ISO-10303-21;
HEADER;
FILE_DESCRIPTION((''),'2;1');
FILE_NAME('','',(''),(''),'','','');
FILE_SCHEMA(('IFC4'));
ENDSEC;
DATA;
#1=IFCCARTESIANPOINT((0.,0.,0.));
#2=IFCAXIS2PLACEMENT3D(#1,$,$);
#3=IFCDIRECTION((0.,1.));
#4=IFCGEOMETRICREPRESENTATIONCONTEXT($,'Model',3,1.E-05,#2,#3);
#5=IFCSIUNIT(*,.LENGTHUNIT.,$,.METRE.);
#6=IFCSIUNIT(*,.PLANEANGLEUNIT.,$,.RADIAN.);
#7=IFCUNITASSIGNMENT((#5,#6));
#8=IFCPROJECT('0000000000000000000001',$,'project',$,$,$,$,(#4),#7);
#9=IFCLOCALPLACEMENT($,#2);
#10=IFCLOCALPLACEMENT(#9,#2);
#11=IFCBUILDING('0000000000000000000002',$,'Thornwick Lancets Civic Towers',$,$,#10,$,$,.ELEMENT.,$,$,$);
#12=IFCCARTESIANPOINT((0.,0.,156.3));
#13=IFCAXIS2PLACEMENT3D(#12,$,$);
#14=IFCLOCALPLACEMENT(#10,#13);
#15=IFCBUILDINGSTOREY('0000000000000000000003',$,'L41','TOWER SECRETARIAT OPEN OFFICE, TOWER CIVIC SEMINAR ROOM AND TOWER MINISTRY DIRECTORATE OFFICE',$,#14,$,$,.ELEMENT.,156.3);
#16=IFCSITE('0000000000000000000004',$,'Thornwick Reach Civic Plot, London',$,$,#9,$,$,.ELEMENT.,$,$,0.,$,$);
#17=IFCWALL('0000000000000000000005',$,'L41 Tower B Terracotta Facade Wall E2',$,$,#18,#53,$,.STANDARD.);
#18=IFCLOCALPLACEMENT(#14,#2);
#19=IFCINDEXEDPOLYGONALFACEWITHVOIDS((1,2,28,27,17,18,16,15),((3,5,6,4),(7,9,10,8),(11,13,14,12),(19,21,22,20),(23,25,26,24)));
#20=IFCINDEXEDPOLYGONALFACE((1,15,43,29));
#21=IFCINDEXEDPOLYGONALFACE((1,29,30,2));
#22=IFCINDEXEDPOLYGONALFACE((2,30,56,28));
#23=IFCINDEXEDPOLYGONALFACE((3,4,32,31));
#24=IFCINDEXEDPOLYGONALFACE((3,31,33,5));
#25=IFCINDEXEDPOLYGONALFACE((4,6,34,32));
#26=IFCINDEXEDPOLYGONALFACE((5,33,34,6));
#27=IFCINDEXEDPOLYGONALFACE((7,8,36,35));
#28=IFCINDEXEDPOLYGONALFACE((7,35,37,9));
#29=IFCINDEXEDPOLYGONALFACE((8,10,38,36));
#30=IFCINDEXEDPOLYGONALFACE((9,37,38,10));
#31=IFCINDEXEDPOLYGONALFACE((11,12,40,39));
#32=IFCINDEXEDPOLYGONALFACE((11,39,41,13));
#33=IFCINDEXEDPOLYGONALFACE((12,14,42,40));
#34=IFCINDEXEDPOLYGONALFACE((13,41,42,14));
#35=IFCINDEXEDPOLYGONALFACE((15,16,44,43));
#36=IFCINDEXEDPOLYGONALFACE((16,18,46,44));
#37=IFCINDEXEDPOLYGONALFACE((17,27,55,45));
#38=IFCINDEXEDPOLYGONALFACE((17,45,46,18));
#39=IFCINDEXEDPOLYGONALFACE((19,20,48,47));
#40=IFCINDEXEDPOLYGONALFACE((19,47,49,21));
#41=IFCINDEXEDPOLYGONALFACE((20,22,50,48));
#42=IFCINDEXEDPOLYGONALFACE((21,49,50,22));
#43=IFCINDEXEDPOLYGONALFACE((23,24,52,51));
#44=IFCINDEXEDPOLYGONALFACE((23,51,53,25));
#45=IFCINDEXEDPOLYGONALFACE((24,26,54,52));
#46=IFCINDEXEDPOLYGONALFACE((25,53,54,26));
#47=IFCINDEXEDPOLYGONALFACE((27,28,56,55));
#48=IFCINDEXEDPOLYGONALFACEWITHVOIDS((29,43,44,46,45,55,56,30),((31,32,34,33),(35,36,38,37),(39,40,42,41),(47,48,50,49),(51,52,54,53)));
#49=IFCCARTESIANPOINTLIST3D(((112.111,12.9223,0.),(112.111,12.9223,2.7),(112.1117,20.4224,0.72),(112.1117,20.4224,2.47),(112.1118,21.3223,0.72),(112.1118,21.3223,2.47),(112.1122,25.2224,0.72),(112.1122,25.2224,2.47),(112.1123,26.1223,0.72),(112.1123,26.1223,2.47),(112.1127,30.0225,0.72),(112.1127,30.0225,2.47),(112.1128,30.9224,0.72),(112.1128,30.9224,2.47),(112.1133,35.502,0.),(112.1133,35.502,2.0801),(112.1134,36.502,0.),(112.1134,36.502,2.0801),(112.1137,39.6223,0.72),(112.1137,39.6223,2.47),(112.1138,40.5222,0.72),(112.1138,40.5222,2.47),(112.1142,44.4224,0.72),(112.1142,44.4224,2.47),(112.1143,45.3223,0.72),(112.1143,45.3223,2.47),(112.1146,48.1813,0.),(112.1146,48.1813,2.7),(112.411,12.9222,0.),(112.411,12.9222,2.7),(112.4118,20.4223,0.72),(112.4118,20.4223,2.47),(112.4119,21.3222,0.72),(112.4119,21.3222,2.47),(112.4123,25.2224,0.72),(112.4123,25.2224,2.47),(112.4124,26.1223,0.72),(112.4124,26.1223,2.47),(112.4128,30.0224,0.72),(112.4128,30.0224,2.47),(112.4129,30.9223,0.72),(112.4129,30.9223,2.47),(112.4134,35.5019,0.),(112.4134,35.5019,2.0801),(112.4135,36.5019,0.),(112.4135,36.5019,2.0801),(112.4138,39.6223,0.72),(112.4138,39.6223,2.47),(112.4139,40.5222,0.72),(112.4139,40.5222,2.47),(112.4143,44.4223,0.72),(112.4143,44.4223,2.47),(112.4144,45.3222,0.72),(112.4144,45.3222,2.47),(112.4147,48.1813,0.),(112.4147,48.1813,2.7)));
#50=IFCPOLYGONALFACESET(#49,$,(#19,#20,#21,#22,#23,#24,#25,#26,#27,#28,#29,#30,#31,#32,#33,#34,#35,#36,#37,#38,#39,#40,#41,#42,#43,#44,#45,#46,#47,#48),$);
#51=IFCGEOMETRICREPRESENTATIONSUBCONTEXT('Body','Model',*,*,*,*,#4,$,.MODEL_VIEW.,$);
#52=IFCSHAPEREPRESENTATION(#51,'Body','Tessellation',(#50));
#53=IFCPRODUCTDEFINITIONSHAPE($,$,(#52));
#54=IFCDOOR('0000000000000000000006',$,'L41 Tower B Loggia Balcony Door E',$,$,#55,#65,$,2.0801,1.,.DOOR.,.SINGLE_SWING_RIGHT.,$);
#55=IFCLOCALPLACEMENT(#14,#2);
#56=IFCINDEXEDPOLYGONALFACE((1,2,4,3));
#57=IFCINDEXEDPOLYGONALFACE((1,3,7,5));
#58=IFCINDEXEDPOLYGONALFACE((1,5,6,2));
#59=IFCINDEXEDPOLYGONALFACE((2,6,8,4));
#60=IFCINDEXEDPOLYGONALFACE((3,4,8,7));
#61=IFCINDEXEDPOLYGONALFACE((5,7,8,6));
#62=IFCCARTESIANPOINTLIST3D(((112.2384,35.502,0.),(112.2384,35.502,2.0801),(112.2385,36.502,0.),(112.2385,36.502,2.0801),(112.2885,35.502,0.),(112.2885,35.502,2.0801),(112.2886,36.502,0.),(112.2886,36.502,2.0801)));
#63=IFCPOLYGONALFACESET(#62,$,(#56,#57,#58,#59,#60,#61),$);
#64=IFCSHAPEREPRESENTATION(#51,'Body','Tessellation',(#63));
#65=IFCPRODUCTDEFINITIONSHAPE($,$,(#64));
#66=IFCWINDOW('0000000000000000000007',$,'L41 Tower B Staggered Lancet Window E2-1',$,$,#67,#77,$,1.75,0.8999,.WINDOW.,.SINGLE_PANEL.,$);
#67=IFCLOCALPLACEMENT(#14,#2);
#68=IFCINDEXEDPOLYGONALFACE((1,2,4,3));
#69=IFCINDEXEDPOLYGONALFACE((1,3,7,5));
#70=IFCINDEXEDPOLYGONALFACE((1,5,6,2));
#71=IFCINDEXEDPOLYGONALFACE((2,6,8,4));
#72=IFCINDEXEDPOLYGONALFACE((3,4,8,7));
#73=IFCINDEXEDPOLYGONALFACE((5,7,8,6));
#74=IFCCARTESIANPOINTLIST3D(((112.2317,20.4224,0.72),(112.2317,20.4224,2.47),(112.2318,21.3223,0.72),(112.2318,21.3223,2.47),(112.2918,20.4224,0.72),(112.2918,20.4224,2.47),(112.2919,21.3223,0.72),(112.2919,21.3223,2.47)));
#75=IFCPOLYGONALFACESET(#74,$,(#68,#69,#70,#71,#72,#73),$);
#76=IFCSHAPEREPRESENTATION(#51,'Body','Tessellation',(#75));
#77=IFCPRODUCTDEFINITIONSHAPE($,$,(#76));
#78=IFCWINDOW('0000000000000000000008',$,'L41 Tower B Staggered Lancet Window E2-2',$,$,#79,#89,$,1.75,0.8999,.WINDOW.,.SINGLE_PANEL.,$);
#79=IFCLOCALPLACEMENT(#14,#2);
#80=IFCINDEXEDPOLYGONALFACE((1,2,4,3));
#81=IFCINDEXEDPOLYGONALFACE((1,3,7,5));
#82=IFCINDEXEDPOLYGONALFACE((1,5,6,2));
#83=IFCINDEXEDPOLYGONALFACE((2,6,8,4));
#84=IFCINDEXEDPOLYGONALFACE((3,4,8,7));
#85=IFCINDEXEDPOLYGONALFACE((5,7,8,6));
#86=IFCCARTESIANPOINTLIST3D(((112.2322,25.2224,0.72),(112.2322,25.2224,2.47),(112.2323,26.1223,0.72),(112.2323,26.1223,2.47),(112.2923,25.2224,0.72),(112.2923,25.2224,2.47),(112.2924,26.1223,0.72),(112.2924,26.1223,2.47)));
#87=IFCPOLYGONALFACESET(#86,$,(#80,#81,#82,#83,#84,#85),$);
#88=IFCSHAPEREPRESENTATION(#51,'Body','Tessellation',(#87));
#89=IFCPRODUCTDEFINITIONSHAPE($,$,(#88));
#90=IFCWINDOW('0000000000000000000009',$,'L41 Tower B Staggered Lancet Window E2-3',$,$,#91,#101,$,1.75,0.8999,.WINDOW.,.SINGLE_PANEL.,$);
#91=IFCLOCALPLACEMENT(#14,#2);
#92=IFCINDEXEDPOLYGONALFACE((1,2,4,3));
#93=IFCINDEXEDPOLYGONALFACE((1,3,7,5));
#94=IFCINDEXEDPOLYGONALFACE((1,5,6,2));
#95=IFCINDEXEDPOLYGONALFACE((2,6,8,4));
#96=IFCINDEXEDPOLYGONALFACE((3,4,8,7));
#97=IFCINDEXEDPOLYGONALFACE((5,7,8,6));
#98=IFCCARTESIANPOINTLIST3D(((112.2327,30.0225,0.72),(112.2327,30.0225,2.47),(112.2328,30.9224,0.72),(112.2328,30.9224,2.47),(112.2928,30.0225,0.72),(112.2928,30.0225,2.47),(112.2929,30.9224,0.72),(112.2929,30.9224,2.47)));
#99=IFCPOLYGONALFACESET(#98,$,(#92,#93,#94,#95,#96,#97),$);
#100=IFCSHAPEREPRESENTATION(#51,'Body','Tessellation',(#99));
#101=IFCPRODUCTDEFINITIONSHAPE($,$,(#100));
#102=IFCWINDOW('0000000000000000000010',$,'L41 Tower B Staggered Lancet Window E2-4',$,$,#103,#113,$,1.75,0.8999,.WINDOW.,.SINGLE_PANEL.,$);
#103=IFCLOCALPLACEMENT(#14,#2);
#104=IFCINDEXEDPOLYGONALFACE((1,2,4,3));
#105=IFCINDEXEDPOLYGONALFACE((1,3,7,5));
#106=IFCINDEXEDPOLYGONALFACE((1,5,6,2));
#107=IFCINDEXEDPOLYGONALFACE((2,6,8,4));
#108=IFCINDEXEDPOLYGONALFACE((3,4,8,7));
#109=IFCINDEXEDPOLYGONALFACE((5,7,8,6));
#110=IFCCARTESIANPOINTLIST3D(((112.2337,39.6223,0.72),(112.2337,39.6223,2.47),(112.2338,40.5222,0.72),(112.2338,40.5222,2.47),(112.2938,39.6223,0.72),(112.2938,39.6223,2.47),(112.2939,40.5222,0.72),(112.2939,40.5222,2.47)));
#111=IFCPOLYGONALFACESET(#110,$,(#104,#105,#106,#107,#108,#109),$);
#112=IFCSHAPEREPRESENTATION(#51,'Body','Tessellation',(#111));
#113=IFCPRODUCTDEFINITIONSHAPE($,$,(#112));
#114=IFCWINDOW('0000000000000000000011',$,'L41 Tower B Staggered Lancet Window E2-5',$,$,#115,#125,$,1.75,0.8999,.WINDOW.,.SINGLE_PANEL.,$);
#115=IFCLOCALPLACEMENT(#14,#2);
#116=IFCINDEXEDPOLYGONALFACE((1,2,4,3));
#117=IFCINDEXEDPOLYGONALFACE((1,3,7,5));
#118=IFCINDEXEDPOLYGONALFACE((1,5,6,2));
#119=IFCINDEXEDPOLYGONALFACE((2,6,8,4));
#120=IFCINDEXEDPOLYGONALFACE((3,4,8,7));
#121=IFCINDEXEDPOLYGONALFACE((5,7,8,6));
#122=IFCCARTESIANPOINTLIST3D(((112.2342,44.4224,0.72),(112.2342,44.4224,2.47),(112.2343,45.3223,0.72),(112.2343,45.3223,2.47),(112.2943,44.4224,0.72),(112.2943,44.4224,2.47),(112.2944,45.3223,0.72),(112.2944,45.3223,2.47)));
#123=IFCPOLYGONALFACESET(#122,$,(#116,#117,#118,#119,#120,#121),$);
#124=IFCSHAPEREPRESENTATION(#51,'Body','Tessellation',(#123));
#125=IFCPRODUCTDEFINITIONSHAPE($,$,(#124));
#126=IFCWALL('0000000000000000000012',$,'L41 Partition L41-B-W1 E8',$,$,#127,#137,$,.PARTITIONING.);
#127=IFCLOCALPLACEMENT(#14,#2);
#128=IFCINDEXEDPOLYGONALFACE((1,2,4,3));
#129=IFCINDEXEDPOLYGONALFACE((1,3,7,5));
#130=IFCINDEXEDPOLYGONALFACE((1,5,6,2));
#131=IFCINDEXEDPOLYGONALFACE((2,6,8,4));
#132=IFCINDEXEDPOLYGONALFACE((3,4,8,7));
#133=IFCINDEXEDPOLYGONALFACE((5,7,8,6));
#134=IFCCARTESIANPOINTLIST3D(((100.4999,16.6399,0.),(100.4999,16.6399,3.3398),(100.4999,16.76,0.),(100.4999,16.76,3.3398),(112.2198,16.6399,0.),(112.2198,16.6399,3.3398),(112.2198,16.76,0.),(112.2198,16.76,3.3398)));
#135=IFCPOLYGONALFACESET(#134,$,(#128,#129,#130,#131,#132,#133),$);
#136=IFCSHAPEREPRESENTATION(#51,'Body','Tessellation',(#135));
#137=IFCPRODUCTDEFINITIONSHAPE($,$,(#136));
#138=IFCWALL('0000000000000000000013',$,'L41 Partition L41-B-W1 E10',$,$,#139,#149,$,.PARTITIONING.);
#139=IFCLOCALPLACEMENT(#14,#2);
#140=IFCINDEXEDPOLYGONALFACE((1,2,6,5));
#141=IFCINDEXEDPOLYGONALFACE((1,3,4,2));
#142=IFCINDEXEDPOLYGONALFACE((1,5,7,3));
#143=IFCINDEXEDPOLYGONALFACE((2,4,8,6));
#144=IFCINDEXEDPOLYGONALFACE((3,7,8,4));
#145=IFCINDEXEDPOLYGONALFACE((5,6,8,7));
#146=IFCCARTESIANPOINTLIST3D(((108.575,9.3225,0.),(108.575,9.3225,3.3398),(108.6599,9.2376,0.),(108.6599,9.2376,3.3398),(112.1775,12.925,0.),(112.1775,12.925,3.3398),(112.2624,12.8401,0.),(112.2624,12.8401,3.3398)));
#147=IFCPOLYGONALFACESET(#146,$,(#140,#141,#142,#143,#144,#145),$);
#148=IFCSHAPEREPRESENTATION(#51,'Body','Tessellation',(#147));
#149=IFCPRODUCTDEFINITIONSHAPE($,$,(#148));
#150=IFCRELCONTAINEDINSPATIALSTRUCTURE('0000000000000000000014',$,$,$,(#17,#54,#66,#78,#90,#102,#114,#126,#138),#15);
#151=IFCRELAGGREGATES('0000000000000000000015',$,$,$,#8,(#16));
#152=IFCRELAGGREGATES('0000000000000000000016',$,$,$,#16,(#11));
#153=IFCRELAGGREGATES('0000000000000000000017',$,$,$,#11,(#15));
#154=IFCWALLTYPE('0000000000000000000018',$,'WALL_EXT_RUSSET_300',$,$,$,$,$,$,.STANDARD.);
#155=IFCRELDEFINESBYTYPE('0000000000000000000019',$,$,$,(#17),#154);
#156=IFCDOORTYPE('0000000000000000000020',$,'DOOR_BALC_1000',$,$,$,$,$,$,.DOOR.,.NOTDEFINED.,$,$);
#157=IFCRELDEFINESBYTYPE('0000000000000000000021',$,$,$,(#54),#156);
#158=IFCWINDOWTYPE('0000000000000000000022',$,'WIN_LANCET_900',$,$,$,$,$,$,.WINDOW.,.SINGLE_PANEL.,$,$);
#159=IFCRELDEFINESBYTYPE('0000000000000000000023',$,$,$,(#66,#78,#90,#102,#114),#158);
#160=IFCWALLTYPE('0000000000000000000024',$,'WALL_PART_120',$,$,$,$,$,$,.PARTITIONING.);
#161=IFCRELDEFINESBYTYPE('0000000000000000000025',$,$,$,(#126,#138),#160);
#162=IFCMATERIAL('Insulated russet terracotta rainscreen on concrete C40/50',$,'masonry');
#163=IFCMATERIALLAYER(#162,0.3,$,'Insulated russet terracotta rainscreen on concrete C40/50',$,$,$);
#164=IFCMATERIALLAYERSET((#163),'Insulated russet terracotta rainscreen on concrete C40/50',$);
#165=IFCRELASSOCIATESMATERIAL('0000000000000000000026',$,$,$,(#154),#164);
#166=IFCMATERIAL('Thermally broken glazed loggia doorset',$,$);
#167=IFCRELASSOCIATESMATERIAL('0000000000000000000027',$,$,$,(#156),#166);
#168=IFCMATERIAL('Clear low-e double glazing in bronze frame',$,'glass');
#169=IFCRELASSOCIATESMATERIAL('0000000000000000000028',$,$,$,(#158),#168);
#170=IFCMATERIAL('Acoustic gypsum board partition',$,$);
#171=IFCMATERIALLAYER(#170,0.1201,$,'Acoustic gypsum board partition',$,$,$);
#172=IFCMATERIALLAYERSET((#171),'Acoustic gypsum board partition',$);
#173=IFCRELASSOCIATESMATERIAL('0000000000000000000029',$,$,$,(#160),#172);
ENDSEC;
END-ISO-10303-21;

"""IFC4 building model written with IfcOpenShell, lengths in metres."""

from ifc_helpers import new_model, si_unit, direction, frame, frame_2d, origin, place, context, subcontext, project, spatial, rectangle, extrude, material, layer, layer_set, type_object, element, fill, save


model = new_model("IFC4")

# Units and contexts
model_context = context("Model", 3, precision=1e-05, world=origin(), true_north=direction((0.0, 1.0)))
body_context = subcontext(model_context, "Body", "Model", "MODEL_VIEW")
ifc_project = project(units=[si_unit("LENGTHUNIT", "METRE"), si_unit("PLANEANGLEUNIT", "RADIAN")], contexts=[model_context])

# Site, building, storey
site_placement = place(None, origin())
site = spatial("IfcSite", under=ifc_project, at=site_placement, Name="Thornwick Reach Civic Plot, London", CompositionType="ELEMENT", RefElevation=0.0)
building_placement = place(site_placement, origin())
building = spatial("IfcBuilding", under=site, at=building_placement, Name="Thornwick Lancets Civic Towers", CompositionType="ELEMENT")
storey_placement = place(building_placement, frame((0.0, 0.0, 156.3)))
storey = spatial("IfcBuildingStorey", under=building, at=storey_placement, Name="L41", Description="TOWER SECRETARIAT OPEN OFFICE, TOWER CIVIC SEMINAR ROOM AND TOWER MINISTRY DIRECTORATE OFFICE", CompositionType="ELEMENT", Elevation=156.3)

# Wall, openings, door, windows
ifc_material_1 = material(Name="Insulated russet terracotta rainscreen on concrete C40/50", Category="masonry")
ifc_layer_1 = layer(ifc_material_1, 0.3, Name="Insulated russet terracotta rainscreen on concrete C40/50")
ifc_layer_set_1 = layer_set([ifc_layer_1], Name="Insulated russet terracotta rainscreen on concrete C40/50")
wall_type_1 = type_object("IfcWallType", Name="WALL_EXT_RUSSET_300", PredefinedType="STANDARD", material=ifc_layer_set_1)
wall_1_placement = place(storey_placement, frame((112.261, 12.9224, 0.0), z_axis=(0.0, 0.0, 1.0), x_axis=(0.000104, 1.0, 0.0)))
wall_1 = element("IfcWall", 1, at=wall_1_placement, inside=storey, type_object=wall_type_1, Name="L41 Tower B Terracotta Facade Wall E2", PredefinedType="STANDARD", context=body_context, shape_type="SweptSolid", body=[
    extrude(rectangle(XDim=35.259, YDim=0.3, at=frame_2d((17.6294, 0.0))), origin(), (0.0, 0.0, 1.0), 2.7),
])
opening_1_placement = place(wall_1_placement, frame((22.5796, 0.0, 0.0)))
opening_1 = element("IfcOpeningElement", 2, at=opening_1_placement, cuts=wall_1, PredefinedType="OPENING", context=body_context, shape_type="SweptSolid", body=[
    extrude(rectangle(XDim=1.0, YDim=2.0801, at=frame_2d((0.5, 1.04))), frame((0.0, 0.1602, 0.0), z_axis=(0.0, -1.0, 0.0), x_axis=(1.0, 0.0, 0.0)), (0.0, 0.0, 1.0), 0.3201),
])
opening_2_placement = place(wall_1_placement, frame((7.5, 0.0, 0.72)))
opening_2 = element("IfcOpeningElement", 3, at=opening_2_placement, cuts=wall_1, PredefinedType="OPENING", context=body_context, shape_type="SweptSolid", body=[
    extrude(rectangle(XDim=0.8999, YDim=1.75, at=frame_2d((0.45, 0.875))), frame((0.0, 0.1602, 0.0), z_axis=(0.0, -1.0, 0.0), x_axis=(1.0, 0.0, 0.0)), (0.0, 0.0, 1.0), 0.3201),
])
opening_3_placement = place(wall_1_placement, frame((12.3, 0.0, 0.72)))
opening_3 = element("IfcOpeningElement", 4, at=opening_3_placement, cuts=wall_1, PredefinedType="OPENING", context=body_context, shape_type="SweptSolid", body=[
    extrude(rectangle(XDim=0.8999, YDim=1.75, at=frame_2d((0.45, 0.875))), frame((0.0, 0.1602, 0.0), z_axis=(0.0, -1.0, 0.0), x_axis=(1.0, 0.0, 0.0)), (0.0, 0.0, 1.0), 0.3201),
])
opening_4_placement = place(wall_1_placement, frame((17.1001, 0.0, 0.72)))
opening_4 = element("IfcOpeningElement", 5, at=opening_4_placement, cuts=wall_1, PredefinedType="OPENING", context=body_context, shape_type="SweptSolid", body=[
    extrude(rectangle(XDim=0.8999, YDim=1.75, at=frame_2d((0.45, 0.875))), frame((0.0, 0.1602, 0.0), z_axis=(0.0, -1.0, 0.0), x_axis=(1.0, 0.0, 0.0)), (0.0, 0.0, 1.0), 0.3201),
])
opening_5_placement = place(wall_1_placement, frame((26.7, 0.0, 0.72)))
opening_5 = element("IfcOpeningElement", 6, at=opening_5_placement, cuts=wall_1, PredefinedType="OPENING", context=body_context, shape_type="SweptSolid", body=[
    extrude(rectangle(XDim=0.8999, YDim=1.75, at=frame_2d((0.45, 0.875))), frame((0.0, 0.1602, 0.0), z_axis=(0.0, -1.0, 0.0), x_axis=(1.0, 0.0, 0.0)), (0.0, 0.0, 1.0), 0.3201),
])
opening_6_placement = place(wall_1_placement, frame((31.5, 0.0, 0.72)))
opening_6 = element("IfcOpeningElement", 7, at=opening_6_placement, cuts=wall_1, PredefinedType="OPENING", context=body_context, shape_type="SweptSolid", body=[
    extrude(rectangle(XDim=0.8999, YDim=1.75, at=frame_2d((0.45, 0.875))), frame((0.0, 0.1602, 0.0), z_axis=(0.0, -1.0, 0.0), x_axis=(1.0, 0.0, 0.0)), (0.0, 0.0, 1.0), 0.3201),
])
ifc_material_2 = material(Name="Thermally broken glazed loggia doorset")
door_type_1 = type_object("IfcDoorType", Name="DOOR_BALC_1000", OperationType="NOTDEFINED", PredefinedType="DOOR", material=ifc_material_2)
door_1_placement = place(opening_1_placement, origin())
door_1 = element("IfcDoor", 8, at=door_1_placement, inside=storey, type_object=door_type_1, Name="L41 Tower B Loggia Balcony Door E", OperationType="SINGLE_SWING_RIGHT", OverallHeight=2.0801, OverallWidth=1.0, PredefinedType="DOOR", context=body_context, shape_type="SweptSolid", body=[
    extrude(rectangle(XDim=1.0, YDim=2.0801, at=frame_2d((0.5, 1.04))), frame((0.0, 0.0249, 0.0), z_axis=(0.0, -1.0, 0.0), x_axis=(1.0, 0.0, 0.0)), (0.0, 0.0, 1.0), 0.05),
])
fill(opening_1, door_1)
ifc_material_3 = material(Name="Clear low-e double glazing in bronze frame", Category="glass")
window_type = type_object("IfcWindowType", Name="WIN_LANCET_900", PartitioningType="SINGLE_PANEL", PredefinedType="WINDOW", material=ifc_material_3)
window_1_placement = place(opening_2_placement, origin())
window_1 = element("IfcWindow", 9, at=window_1_placement, inside=storey, type_object=window_type, Name="L41 Tower B Staggered Lancet Window E2-1", OverallHeight=1.75, OverallWidth=0.8999, PartitioningType="SINGLE_PANEL", PredefinedType="WINDOW", context=body_context, shape_type="SweptSolid", body=[
    extrude(rectangle(XDim=0.8999, YDim=1.75, at=frame_2d((0.45, 0.875))), frame((0.0, 0.03, 0.0), z_axis=(0.0, -1.0, 0.0), x_axis=(1.0, 0.0, 0.0)), (0.0, 0.0, 1.0), 0.0601),
])
fill(opening_2, window_1)
window_2_placement = place(opening_3_placement, origin())
window_2 = element("IfcWindow", 10, at=window_2_placement, inside=storey, type_object=window_type, Name="L41 Tower B Staggered Lancet Window E2-2", OverallHeight=1.75, OverallWidth=0.8999, PartitioningType="SINGLE_PANEL", PredefinedType="WINDOW", context=body_context, shape_type="SweptSolid", body=[
    extrude(rectangle(XDim=0.8999, YDim=1.75, at=frame_2d((0.45, 0.875))), frame((0.0, 0.03, 0.0), z_axis=(0.0, -1.0, 0.0), x_axis=(1.0, 0.0, 0.0)), (0.0, 0.0, 1.0), 0.0601),
])
fill(opening_3, window_2)
window_3_placement = place(opening_4_placement, origin())
window_3 = element("IfcWindow", 11, at=window_3_placement, inside=storey, type_object=window_type, Name="L41 Tower B Staggered Lancet Window E2-3", OverallHeight=1.75, OverallWidth=0.8999, PartitioningType="SINGLE_PANEL", PredefinedType="WINDOW", context=body_context, shape_type="SweptSolid", body=[
    extrude(rectangle(XDim=0.8999, YDim=1.75, at=frame_2d((0.45, 0.875))), frame((0.0, 0.03, 0.0), z_axis=(0.0, -1.0, 0.0), x_axis=(1.0, 0.0, 0.0)), (0.0, 0.0, 1.0), 0.0601),
])
fill(opening_4, window_3)
window_4_placement = place(opening_5_placement, origin())
window_4 = element("IfcWindow", 12, at=window_4_placement, inside=storey, type_object=window_type, Name="L41 Tower B Staggered Lancet Window E2-4", OverallHeight=1.75, OverallWidth=0.8999, PartitioningType="SINGLE_PANEL", PredefinedType="WINDOW", context=body_context, shape_type="SweptSolid", body=[
    extrude(rectangle(XDim=0.8999, YDim=1.75, at=frame_2d((0.45, 0.875))), frame((0.0, 0.03, 0.0), z_axis=(0.0, -1.0, 0.0), x_axis=(1.0, 0.0, 0.0)), (0.0, 0.0, 1.0), 0.0601),
])
fill(opening_5, window_4)
window_5_placement = place(opening_6_placement, origin())
window_5 = element("IfcWindow", 13, at=window_5_placement, inside=storey, type_object=window_type, Name="L41 Tower B Staggered Lancet Window E2-5", OverallHeight=1.75, OverallWidth=0.8999, PartitioningType="SINGLE_PANEL", PredefinedType="WINDOW", context=body_context, shape_type="SweptSolid", body=[
    extrude(rectangle(XDim=0.8999, YDim=1.75, at=frame_2d((0.45, 0.875))), frame((0.0, 0.03, 0.0), z_axis=(0.0, -1.0, 0.0), x_axis=(1.0, 0.0, 0.0)), (0.0, 0.0, 1.0), 0.0601),
])
fill(opening_6, window_5)

# Walls
ifc_material_4 = material(Name="Acoustic gypsum board partition")
ifc_layer_2 = layer(ifc_material_4, 0.1201, Name="Acoustic gypsum board partition")
ifc_layer_set_2 = layer_set([ifc_layer_2], Name="Acoustic gypsum board partition")
wall_type_2 = type_object("IfcWallType", Name="WALL_PART_120", PredefinedType="PARTITIONING", material=ifc_layer_set_2)
wall_2_placement = place(storey_placement, frame((100.5, 16.7, 0.0), z_axis=(0.0, 0.0, 1.0), x_axis=(1.0, 0.0, 0.0)))
element("IfcWall", 14, at=wall_2_placement, inside=storey, type_object=wall_type_2, Name="L41 Partition L41-B-W1 E8", PredefinedType="PARTITIONING", context=body_context, shape_type="SweptSolid", body=[
    extrude(rectangle(XDim=11.72, YDim=0.1201, at=frame_2d((5.8599, 0.0))), origin(), (0.0, 0.0, 1.0), 3.3398),
])
wall_3_placement = place(storey_placement, frame((112.22, 12.8826, 0.0), z_axis=(0.0, 0.0, 1.0), x_axis=(-0.707107, -0.707107, 0.0)))
element("IfcWall", 15, at=wall_3_placement, inside=storey, type_object=wall_type_2, Name="L41 Partition L41-B-W1 E10", PredefinedType="PARTITIONING", context=body_context, shape_type="SweptSolid", body=[
    extrude(rectangle(XDim=5.0947, YDim=0.1201, at=frame_2d((2.5474, 0.0))), origin(), (0.0, 0.0, 1.0), 3.3398),
])

save(model, "model.ifc")
